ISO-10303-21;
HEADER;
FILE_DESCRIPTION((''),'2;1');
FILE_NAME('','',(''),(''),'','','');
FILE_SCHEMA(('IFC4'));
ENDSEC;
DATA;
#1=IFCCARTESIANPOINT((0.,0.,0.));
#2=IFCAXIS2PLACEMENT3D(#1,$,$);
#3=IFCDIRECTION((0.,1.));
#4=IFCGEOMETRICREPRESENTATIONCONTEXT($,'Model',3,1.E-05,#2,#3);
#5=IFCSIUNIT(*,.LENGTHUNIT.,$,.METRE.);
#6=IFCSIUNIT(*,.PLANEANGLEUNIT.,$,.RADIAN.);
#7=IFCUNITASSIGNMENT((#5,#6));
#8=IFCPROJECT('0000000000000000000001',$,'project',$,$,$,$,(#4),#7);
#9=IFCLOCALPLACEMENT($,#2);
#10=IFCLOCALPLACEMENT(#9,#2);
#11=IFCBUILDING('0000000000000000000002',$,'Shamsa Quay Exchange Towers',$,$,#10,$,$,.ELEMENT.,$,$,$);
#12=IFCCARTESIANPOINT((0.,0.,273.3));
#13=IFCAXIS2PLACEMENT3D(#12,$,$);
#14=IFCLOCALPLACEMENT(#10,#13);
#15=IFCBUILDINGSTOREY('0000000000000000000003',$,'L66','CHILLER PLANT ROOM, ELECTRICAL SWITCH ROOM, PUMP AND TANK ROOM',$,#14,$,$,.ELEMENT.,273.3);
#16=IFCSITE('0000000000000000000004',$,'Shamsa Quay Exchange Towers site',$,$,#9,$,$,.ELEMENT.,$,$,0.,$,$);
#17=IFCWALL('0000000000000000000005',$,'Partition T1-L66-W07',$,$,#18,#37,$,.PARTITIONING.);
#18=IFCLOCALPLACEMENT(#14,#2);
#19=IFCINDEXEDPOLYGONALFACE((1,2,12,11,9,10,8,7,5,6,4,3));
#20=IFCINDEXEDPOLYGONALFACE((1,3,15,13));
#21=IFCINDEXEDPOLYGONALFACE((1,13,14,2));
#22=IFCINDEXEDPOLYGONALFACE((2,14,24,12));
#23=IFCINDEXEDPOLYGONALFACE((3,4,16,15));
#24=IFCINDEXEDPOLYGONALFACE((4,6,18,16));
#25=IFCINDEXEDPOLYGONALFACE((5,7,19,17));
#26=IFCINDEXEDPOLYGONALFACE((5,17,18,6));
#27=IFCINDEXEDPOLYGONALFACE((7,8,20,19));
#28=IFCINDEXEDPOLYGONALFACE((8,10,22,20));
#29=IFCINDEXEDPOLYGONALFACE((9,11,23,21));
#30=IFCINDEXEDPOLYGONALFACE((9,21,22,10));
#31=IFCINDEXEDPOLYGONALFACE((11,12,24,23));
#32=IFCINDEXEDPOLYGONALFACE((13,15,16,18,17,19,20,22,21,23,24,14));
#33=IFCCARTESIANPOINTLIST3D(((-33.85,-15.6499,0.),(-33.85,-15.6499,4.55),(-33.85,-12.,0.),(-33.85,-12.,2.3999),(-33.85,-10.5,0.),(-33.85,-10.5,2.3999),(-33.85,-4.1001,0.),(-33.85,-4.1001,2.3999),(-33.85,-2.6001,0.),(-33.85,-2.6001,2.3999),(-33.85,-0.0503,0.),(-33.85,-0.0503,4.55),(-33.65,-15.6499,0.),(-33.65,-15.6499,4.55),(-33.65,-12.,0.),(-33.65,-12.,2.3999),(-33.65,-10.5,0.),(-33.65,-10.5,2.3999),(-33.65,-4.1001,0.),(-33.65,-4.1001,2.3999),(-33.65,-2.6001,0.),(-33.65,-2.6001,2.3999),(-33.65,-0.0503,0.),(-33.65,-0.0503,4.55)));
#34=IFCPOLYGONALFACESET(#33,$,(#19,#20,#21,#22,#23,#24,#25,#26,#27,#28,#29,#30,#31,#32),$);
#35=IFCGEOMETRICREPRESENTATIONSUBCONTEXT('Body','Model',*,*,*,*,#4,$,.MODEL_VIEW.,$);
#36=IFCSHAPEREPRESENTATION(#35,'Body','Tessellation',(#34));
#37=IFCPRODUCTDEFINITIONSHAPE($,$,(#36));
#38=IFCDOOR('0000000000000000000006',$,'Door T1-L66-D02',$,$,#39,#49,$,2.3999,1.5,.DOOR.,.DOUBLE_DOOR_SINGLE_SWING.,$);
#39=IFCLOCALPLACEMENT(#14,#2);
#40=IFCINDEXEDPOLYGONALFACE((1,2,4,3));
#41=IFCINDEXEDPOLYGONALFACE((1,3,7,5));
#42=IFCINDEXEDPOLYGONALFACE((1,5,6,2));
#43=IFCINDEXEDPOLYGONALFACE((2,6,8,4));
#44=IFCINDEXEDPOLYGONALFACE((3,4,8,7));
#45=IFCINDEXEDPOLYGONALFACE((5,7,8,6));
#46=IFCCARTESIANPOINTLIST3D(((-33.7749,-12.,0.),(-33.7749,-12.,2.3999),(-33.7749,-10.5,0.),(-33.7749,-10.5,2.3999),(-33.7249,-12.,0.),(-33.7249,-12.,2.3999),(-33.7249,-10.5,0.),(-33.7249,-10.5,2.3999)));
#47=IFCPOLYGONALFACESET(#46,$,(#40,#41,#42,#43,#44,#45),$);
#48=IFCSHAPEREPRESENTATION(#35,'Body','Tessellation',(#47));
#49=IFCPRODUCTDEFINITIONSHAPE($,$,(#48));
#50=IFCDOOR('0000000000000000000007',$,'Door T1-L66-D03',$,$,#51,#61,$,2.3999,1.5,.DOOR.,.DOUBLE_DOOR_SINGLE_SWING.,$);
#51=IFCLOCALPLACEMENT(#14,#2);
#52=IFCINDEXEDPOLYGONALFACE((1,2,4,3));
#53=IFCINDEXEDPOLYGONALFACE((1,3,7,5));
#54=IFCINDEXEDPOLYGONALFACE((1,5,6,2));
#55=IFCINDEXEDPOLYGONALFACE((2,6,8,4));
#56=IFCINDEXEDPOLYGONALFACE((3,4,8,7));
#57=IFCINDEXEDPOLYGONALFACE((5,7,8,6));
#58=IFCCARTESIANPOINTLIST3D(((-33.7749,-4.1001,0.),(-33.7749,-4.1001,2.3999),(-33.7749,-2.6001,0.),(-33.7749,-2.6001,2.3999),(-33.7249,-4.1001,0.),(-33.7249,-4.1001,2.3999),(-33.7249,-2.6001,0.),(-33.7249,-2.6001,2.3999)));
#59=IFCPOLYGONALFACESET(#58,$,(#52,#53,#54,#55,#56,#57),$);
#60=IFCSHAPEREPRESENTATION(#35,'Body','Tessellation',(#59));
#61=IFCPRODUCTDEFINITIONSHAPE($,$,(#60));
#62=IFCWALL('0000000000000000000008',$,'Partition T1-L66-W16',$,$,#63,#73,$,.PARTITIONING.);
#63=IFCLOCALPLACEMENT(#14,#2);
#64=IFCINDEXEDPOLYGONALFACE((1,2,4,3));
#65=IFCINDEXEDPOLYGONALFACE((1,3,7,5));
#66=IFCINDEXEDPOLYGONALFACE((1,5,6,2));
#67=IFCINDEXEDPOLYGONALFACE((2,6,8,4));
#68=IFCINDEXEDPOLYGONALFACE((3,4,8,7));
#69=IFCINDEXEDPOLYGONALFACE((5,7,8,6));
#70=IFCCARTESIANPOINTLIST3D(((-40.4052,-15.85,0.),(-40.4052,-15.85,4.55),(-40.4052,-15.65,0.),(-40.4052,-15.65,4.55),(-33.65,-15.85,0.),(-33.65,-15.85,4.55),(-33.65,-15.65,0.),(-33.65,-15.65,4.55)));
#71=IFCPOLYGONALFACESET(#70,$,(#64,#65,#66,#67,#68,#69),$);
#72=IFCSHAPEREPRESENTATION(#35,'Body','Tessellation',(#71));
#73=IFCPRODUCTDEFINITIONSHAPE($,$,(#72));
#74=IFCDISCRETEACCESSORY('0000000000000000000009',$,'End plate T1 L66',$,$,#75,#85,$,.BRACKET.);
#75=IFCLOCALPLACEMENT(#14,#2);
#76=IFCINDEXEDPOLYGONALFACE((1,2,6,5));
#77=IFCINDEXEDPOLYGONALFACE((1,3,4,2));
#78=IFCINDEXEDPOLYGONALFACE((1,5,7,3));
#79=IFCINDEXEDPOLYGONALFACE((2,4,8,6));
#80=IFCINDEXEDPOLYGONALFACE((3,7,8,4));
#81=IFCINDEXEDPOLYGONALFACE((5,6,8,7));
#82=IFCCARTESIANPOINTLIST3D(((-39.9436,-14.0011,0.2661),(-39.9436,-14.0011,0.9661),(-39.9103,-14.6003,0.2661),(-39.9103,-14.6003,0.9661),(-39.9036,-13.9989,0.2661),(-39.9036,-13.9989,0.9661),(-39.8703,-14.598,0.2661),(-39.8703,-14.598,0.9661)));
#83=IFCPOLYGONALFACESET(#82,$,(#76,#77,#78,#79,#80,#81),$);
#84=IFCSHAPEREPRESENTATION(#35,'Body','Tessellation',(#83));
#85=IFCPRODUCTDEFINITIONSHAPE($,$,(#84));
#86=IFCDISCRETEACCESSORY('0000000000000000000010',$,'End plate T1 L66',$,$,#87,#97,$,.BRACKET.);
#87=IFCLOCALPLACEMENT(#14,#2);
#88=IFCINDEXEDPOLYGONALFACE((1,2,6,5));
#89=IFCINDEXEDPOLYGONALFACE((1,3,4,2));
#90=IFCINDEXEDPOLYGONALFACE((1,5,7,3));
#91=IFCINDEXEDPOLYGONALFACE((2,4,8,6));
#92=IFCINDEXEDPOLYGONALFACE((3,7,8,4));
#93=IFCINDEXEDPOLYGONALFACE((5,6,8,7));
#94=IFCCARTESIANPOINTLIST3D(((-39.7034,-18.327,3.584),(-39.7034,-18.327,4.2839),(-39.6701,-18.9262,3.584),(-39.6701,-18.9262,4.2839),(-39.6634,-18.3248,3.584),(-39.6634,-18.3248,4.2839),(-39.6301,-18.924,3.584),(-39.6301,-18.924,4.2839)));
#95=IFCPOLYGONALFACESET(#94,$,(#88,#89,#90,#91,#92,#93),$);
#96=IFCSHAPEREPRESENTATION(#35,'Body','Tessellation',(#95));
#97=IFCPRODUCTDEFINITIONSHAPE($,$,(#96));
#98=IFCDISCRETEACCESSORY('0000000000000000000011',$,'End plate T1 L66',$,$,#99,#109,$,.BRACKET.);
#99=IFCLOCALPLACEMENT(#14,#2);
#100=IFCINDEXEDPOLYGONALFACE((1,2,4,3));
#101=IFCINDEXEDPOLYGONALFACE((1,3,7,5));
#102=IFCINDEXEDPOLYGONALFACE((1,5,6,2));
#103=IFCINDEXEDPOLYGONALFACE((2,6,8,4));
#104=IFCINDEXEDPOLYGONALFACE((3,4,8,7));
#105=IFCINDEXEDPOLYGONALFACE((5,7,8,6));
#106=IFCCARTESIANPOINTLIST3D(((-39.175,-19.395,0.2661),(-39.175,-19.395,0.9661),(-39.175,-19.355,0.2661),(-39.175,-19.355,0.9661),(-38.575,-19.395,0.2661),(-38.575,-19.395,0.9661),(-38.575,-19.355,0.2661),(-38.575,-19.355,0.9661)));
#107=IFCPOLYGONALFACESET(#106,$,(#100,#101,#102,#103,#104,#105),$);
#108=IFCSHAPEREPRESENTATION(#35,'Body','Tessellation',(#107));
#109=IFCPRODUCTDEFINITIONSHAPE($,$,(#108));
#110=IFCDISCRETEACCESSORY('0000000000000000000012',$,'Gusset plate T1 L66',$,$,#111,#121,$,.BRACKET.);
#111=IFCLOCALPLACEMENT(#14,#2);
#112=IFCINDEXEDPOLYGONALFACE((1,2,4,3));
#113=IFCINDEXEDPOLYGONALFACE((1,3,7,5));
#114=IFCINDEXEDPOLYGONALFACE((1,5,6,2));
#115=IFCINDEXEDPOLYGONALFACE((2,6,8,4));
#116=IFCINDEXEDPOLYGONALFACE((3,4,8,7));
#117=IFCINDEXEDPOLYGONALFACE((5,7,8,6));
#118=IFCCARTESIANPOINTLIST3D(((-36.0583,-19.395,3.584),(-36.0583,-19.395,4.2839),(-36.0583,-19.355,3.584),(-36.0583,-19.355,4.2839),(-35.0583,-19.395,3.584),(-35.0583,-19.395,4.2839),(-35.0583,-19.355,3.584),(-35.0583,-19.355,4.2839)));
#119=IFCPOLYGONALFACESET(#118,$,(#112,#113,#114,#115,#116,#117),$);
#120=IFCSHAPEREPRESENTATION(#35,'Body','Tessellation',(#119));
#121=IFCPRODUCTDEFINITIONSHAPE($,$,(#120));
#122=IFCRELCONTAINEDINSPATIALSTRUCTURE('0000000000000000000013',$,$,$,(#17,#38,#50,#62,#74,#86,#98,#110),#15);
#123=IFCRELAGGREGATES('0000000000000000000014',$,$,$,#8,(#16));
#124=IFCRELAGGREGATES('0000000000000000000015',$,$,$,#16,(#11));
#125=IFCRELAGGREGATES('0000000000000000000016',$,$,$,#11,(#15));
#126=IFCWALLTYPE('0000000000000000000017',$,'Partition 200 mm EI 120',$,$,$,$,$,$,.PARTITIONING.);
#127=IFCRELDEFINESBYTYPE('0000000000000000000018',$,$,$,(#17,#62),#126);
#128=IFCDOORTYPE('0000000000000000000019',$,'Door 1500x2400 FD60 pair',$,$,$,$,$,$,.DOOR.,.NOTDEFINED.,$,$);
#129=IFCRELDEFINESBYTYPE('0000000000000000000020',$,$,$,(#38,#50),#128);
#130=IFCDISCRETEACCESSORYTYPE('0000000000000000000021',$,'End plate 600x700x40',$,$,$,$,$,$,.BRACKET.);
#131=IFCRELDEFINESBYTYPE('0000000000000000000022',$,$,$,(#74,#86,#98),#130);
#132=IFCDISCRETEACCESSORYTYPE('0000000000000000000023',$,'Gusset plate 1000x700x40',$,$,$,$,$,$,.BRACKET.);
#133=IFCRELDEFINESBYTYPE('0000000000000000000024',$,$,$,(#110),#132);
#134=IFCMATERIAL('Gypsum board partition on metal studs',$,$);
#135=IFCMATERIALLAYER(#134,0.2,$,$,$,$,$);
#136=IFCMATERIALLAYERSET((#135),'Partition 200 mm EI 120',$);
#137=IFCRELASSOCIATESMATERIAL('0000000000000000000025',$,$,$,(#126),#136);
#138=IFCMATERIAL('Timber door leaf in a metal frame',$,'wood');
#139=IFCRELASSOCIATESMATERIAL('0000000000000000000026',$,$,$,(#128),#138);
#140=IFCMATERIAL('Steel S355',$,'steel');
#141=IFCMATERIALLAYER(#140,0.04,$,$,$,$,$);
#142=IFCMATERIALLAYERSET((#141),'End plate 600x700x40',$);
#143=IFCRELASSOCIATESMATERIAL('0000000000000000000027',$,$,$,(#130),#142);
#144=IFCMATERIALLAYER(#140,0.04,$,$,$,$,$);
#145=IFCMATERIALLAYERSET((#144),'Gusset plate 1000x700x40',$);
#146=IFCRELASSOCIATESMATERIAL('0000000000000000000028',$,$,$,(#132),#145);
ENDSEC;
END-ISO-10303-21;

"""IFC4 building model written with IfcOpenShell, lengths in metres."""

from ifc_helpers import new_model, si_unit, direction, frame, frame_2d, origin, origin_2d, place, context, subcontext, project, spatial, rectangle, extrude, material, layer, layer_set, type_object, element, fill, save


model = new_model("IFC4")

# Units and contexts
model_context = context("Model", 3, precision=1e-05, world=origin(), true_north=direction((0.0, 1.0)))
body_context = subcontext(model_context, "Body", "Model", "MODEL_VIEW")
ifc_project = project(units=[si_unit("LENGTHUNIT", "METRE"), si_unit("PLANEANGLEUNIT", "RADIAN")], contexts=[model_context])

# Site, building, storey
site_placement = place(None, origin())
site = spatial("IfcSite", under=ifc_project, at=site_placement, Name="Shamsa Quay Exchange Towers site", CompositionType="ELEMENT", RefElevation=0.0)
building_placement = place(site_placement, origin())
building = spatial("IfcBuilding", under=site, at=building_placement, Name="Shamsa Quay Exchange Towers", CompositionType="ELEMENT")
storey_placement = place(building_placement, frame((0.0, 0.0, 273.3)))
storey = spatial("IfcBuildingStorey", under=building, at=storey_placement, Name="L66", Description="CHILLER PLANT ROOM, ELECTRICAL SWITCH ROOM, PUMP AND TANK ROOM", CompositionType="ELEMENT", Elevation=273.3)

# Shared definitions
ifc_material_1 = material(Name="Steel S355", Category="steel")

# Wall, openings, doors
ifc_material_2 = material(Name="Gypsum board partition on metal studs")
ifc_layer_1 = layer(ifc_material_2, 0.2)
ifc_layer_set_1 = layer_set([ifc_layer_1], Name="Partition 200 mm EI 120")
wall_type = type_object("IfcWallType", Name="Partition 200 mm EI 120", PredefinedType="PARTITIONING", material=ifc_layer_set_1)
wall_1_placement = place(storey_placement, frame((-33.75, -15.6499, 0.0), z_axis=(0.0, 0.0, 1.0), x_axis=(0.0, 1.0, 0.0)))
wall_1 = element("IfcWall", 1, at=wall_1_placement, inside=storey, type_object=wall_type, Name="Partition T1-L66-W07", PredefinedType="PARTITIONING", context=body_context, shape_type="SweptSolid", body=[
    extrude(rectangle(XDim=15.5996, YDim=0.2, at=frame_2d((7.7998, 0.0))), origin(), (0.0, 0.0, 1.0), 4.55),
])
opening_1_placement = place(wall_1_placement, frame((3.6499, 0.0, 0.0)))
opening_1 = element("IfcOpeningElement", 2, at=opening_1_placement, cuts=wall_1, PredefinedType="OPENING", context=body_context, shape_type="SweptSolid", body=[
    extrude(rectangle(XDim=1.5, YDim=2.3999, at=frame_2d((0.75, 1.2))), frame((0.0, 0.1099, 0.0), z_axis=(0.0, -1.0, 0.0), x_axis=(1.0, 0.0, 0.0)), (0.0, 0.0, 1.0), 0.22),
])
opening_2_placement = place(wall_1_placement, frame((11.5498, 0.0, 0.0)))
opening_2 = element("IfcOpeningElement", 3, at=opening_2_placement, cuts=wall_1, PredefinedType="OPENING", context=body_context, shape_type="SweptSolid", body=[
    extrude(rectangle(XDim=1.5, YDim=2.3999, at=frame_2d((0.75, 1.2))), frame((0.0, 0.1099, 0.0), z_axis=(0.0, -1.0, 0.0), x_axis=(1.0, 0.0, 0.0)), (0.0, 0.0, 1.0), 0.22),
])
ifc_material_3 = material(Name="Timber door leaf in a metal frame", Category="wood")
door_type = type_object("IfcDoorType", Name="Door 1500x2400 FD60 pair", OperationType="NOTDEFINED", PredefinedType="DOOR", material=ifc_material_3)
door_1_placement = place(opening_1_placement, origin())
door_1 = element("IfcDoor", 4, at=door_1_placement, inside=storey, type_object=door_type, Name="Door T1-L66-D02", OperationType="DOUBLE_DOOR_SINGLE_SWING", OverallHeight=2.3999, OverallWidth=1.5, PredefinedType="DOOR", context=body_context, shape_type="SweptSolid", body=[
    extrude(rectangle(XDim=1.5, YDim=2.3999, at=frame_2d((0.75, 1.2))), frame((0.0, 0.0249, 0.0), z_axis=(0.0, -1.0, 0.0), x_axis=(1.0, 0.0, 0.0)), (0.0, 0.0, 1.0), 0.05),
])
fill(opening_1, door_1)
door_2_placement = place(opening_2_placement, origin())
door_2 = element("IfcDoor", 5, at=door_2_placement, inside=storey, type_object=door_type, Name="Door T1-L66-D03", OperationType="DOUBLE_DOOR_SINGLE_SWING", OverallHeight=2.3999, OverallWidth=1.5, PredefinedType="DOOR", context=body_context, shape_type="SweptSolid", body=[
    extrude(rectangle(XDim=1.5, YDim=2.3999, at=frame_2d((0.75, 1.2))), frame((0.0, 0.0249, 0.0), z_axis=(0.0, -1.0, 0.0), x_axis=(1.0, 0.0, 0.0)), (0.0, 0.0, 1.0), 0.05),
])
fill(opening_2, door_2)

# Wall
wall_2_placement = place(storey_placement, frame((-40.405, -15.75, 0.0)))
element("IfcWall", 6, at=wall_2_placement, inside=storey, type_object=wall_type, Name="Partition T1-L66-W16", PredefinedType="PARTITIONING", context=body_context, shape_type="SweptSolid", body=[
    extrude(rectangle(XDim=6.7551, YDim=0.2, at=frame_2d((3.3774, 0.0))), origin(), (0.0, 0.0, 1.0), 4.55),
])

# Discrete accessories
ifc_layer_2 = layer(ifc_material_1, 0.04)
ifc_layer_set_2 = layer_set([ifc_layer_2], Name="End plate 600x700x40")
discrete_accessory_type_1 = type_object("IfcDiscreteAccessoryType", Name="End plate 600x700x40", PredefinedType="BRACKET", material=ifc_layer_set_2)
for number, where, z_axis, x_axis, name in (
    (7, (-39.907, -14.2996, 0.2661), (0.0, 0.0, 1.0), (0.05547, -0.99846, 0.0), "End plate T1 L66"),
    (8, (-39.6667, -18.6255, 3.584), (0.0, 0.0, 1.0), (0.05547, -0.99846, 0.0), "End plate T1 L66"),
):
    element("IfcDiscreteAccessory", number, at=place(storey_placement, frame(where, z_axis=z_axis, x_axis=x_axis)), inside=storey, type_object=discrete_accessory_type_1, Name=name, PredefinedType="BRACKET", context=body_context, shape_type="SweptSolid", body=[
        extrude(rectangle(XDim=0.6001, YDim=0.04, at=origin_2d()), origin(), (0.0, 0.0, 1.0), 0.7),
    ])
discrete_accessory_1_placement = place(storey_placement, frame((-38.875, -19.375, 0.2661)))
element("IfcDiscreteAccessory", 9, at=discrete_accessory_1_placement, inside=storey, type_object=discrete_accessory_type_1, Name="End plate T1 L66", PredefinedType="BRACKET", context=body_context, shape_type="SweptSolid", body=[
    extrude(rectangle(XDim=0.6001, YDim=0.04, at=origin_2d()), origin(), (0.0, 0.0, 1.0), 0.7),
])
ifc_layer_3 = layer(ifc_material_1, 0.04)
ifc_layer_set_3 = layer_set([ifc_layer_3], Name="Gusset plate 1000x700x40")
discrete_accessory_type_2 = type_object("IfcDiscreteAccessoryType", Name="Gusset plate 1000x700x40", PredefinedType="BRACKET", material=ifc_layer_set_3)
discrete_accessory_2_placement = place(storey_placement, frame((-35.5583, -19.375, 3.584)))
element("IfcDiscreteAccessory", 10, at=discrete_accessory_2_placement, inside=storey, type_object=discrete_accessory_type_2, Name="Gusset plate T1 L66", PredefinedType="BRACKET", context=body_context, shape_type="SweptSolid", body=[
    extrude(rectangle(XDim=1.0, YDim=0.04, at=origin_2d()), origin(), (0.0, 0.0, 1.0), 0.7),
])

save(model, "model.ifc")
